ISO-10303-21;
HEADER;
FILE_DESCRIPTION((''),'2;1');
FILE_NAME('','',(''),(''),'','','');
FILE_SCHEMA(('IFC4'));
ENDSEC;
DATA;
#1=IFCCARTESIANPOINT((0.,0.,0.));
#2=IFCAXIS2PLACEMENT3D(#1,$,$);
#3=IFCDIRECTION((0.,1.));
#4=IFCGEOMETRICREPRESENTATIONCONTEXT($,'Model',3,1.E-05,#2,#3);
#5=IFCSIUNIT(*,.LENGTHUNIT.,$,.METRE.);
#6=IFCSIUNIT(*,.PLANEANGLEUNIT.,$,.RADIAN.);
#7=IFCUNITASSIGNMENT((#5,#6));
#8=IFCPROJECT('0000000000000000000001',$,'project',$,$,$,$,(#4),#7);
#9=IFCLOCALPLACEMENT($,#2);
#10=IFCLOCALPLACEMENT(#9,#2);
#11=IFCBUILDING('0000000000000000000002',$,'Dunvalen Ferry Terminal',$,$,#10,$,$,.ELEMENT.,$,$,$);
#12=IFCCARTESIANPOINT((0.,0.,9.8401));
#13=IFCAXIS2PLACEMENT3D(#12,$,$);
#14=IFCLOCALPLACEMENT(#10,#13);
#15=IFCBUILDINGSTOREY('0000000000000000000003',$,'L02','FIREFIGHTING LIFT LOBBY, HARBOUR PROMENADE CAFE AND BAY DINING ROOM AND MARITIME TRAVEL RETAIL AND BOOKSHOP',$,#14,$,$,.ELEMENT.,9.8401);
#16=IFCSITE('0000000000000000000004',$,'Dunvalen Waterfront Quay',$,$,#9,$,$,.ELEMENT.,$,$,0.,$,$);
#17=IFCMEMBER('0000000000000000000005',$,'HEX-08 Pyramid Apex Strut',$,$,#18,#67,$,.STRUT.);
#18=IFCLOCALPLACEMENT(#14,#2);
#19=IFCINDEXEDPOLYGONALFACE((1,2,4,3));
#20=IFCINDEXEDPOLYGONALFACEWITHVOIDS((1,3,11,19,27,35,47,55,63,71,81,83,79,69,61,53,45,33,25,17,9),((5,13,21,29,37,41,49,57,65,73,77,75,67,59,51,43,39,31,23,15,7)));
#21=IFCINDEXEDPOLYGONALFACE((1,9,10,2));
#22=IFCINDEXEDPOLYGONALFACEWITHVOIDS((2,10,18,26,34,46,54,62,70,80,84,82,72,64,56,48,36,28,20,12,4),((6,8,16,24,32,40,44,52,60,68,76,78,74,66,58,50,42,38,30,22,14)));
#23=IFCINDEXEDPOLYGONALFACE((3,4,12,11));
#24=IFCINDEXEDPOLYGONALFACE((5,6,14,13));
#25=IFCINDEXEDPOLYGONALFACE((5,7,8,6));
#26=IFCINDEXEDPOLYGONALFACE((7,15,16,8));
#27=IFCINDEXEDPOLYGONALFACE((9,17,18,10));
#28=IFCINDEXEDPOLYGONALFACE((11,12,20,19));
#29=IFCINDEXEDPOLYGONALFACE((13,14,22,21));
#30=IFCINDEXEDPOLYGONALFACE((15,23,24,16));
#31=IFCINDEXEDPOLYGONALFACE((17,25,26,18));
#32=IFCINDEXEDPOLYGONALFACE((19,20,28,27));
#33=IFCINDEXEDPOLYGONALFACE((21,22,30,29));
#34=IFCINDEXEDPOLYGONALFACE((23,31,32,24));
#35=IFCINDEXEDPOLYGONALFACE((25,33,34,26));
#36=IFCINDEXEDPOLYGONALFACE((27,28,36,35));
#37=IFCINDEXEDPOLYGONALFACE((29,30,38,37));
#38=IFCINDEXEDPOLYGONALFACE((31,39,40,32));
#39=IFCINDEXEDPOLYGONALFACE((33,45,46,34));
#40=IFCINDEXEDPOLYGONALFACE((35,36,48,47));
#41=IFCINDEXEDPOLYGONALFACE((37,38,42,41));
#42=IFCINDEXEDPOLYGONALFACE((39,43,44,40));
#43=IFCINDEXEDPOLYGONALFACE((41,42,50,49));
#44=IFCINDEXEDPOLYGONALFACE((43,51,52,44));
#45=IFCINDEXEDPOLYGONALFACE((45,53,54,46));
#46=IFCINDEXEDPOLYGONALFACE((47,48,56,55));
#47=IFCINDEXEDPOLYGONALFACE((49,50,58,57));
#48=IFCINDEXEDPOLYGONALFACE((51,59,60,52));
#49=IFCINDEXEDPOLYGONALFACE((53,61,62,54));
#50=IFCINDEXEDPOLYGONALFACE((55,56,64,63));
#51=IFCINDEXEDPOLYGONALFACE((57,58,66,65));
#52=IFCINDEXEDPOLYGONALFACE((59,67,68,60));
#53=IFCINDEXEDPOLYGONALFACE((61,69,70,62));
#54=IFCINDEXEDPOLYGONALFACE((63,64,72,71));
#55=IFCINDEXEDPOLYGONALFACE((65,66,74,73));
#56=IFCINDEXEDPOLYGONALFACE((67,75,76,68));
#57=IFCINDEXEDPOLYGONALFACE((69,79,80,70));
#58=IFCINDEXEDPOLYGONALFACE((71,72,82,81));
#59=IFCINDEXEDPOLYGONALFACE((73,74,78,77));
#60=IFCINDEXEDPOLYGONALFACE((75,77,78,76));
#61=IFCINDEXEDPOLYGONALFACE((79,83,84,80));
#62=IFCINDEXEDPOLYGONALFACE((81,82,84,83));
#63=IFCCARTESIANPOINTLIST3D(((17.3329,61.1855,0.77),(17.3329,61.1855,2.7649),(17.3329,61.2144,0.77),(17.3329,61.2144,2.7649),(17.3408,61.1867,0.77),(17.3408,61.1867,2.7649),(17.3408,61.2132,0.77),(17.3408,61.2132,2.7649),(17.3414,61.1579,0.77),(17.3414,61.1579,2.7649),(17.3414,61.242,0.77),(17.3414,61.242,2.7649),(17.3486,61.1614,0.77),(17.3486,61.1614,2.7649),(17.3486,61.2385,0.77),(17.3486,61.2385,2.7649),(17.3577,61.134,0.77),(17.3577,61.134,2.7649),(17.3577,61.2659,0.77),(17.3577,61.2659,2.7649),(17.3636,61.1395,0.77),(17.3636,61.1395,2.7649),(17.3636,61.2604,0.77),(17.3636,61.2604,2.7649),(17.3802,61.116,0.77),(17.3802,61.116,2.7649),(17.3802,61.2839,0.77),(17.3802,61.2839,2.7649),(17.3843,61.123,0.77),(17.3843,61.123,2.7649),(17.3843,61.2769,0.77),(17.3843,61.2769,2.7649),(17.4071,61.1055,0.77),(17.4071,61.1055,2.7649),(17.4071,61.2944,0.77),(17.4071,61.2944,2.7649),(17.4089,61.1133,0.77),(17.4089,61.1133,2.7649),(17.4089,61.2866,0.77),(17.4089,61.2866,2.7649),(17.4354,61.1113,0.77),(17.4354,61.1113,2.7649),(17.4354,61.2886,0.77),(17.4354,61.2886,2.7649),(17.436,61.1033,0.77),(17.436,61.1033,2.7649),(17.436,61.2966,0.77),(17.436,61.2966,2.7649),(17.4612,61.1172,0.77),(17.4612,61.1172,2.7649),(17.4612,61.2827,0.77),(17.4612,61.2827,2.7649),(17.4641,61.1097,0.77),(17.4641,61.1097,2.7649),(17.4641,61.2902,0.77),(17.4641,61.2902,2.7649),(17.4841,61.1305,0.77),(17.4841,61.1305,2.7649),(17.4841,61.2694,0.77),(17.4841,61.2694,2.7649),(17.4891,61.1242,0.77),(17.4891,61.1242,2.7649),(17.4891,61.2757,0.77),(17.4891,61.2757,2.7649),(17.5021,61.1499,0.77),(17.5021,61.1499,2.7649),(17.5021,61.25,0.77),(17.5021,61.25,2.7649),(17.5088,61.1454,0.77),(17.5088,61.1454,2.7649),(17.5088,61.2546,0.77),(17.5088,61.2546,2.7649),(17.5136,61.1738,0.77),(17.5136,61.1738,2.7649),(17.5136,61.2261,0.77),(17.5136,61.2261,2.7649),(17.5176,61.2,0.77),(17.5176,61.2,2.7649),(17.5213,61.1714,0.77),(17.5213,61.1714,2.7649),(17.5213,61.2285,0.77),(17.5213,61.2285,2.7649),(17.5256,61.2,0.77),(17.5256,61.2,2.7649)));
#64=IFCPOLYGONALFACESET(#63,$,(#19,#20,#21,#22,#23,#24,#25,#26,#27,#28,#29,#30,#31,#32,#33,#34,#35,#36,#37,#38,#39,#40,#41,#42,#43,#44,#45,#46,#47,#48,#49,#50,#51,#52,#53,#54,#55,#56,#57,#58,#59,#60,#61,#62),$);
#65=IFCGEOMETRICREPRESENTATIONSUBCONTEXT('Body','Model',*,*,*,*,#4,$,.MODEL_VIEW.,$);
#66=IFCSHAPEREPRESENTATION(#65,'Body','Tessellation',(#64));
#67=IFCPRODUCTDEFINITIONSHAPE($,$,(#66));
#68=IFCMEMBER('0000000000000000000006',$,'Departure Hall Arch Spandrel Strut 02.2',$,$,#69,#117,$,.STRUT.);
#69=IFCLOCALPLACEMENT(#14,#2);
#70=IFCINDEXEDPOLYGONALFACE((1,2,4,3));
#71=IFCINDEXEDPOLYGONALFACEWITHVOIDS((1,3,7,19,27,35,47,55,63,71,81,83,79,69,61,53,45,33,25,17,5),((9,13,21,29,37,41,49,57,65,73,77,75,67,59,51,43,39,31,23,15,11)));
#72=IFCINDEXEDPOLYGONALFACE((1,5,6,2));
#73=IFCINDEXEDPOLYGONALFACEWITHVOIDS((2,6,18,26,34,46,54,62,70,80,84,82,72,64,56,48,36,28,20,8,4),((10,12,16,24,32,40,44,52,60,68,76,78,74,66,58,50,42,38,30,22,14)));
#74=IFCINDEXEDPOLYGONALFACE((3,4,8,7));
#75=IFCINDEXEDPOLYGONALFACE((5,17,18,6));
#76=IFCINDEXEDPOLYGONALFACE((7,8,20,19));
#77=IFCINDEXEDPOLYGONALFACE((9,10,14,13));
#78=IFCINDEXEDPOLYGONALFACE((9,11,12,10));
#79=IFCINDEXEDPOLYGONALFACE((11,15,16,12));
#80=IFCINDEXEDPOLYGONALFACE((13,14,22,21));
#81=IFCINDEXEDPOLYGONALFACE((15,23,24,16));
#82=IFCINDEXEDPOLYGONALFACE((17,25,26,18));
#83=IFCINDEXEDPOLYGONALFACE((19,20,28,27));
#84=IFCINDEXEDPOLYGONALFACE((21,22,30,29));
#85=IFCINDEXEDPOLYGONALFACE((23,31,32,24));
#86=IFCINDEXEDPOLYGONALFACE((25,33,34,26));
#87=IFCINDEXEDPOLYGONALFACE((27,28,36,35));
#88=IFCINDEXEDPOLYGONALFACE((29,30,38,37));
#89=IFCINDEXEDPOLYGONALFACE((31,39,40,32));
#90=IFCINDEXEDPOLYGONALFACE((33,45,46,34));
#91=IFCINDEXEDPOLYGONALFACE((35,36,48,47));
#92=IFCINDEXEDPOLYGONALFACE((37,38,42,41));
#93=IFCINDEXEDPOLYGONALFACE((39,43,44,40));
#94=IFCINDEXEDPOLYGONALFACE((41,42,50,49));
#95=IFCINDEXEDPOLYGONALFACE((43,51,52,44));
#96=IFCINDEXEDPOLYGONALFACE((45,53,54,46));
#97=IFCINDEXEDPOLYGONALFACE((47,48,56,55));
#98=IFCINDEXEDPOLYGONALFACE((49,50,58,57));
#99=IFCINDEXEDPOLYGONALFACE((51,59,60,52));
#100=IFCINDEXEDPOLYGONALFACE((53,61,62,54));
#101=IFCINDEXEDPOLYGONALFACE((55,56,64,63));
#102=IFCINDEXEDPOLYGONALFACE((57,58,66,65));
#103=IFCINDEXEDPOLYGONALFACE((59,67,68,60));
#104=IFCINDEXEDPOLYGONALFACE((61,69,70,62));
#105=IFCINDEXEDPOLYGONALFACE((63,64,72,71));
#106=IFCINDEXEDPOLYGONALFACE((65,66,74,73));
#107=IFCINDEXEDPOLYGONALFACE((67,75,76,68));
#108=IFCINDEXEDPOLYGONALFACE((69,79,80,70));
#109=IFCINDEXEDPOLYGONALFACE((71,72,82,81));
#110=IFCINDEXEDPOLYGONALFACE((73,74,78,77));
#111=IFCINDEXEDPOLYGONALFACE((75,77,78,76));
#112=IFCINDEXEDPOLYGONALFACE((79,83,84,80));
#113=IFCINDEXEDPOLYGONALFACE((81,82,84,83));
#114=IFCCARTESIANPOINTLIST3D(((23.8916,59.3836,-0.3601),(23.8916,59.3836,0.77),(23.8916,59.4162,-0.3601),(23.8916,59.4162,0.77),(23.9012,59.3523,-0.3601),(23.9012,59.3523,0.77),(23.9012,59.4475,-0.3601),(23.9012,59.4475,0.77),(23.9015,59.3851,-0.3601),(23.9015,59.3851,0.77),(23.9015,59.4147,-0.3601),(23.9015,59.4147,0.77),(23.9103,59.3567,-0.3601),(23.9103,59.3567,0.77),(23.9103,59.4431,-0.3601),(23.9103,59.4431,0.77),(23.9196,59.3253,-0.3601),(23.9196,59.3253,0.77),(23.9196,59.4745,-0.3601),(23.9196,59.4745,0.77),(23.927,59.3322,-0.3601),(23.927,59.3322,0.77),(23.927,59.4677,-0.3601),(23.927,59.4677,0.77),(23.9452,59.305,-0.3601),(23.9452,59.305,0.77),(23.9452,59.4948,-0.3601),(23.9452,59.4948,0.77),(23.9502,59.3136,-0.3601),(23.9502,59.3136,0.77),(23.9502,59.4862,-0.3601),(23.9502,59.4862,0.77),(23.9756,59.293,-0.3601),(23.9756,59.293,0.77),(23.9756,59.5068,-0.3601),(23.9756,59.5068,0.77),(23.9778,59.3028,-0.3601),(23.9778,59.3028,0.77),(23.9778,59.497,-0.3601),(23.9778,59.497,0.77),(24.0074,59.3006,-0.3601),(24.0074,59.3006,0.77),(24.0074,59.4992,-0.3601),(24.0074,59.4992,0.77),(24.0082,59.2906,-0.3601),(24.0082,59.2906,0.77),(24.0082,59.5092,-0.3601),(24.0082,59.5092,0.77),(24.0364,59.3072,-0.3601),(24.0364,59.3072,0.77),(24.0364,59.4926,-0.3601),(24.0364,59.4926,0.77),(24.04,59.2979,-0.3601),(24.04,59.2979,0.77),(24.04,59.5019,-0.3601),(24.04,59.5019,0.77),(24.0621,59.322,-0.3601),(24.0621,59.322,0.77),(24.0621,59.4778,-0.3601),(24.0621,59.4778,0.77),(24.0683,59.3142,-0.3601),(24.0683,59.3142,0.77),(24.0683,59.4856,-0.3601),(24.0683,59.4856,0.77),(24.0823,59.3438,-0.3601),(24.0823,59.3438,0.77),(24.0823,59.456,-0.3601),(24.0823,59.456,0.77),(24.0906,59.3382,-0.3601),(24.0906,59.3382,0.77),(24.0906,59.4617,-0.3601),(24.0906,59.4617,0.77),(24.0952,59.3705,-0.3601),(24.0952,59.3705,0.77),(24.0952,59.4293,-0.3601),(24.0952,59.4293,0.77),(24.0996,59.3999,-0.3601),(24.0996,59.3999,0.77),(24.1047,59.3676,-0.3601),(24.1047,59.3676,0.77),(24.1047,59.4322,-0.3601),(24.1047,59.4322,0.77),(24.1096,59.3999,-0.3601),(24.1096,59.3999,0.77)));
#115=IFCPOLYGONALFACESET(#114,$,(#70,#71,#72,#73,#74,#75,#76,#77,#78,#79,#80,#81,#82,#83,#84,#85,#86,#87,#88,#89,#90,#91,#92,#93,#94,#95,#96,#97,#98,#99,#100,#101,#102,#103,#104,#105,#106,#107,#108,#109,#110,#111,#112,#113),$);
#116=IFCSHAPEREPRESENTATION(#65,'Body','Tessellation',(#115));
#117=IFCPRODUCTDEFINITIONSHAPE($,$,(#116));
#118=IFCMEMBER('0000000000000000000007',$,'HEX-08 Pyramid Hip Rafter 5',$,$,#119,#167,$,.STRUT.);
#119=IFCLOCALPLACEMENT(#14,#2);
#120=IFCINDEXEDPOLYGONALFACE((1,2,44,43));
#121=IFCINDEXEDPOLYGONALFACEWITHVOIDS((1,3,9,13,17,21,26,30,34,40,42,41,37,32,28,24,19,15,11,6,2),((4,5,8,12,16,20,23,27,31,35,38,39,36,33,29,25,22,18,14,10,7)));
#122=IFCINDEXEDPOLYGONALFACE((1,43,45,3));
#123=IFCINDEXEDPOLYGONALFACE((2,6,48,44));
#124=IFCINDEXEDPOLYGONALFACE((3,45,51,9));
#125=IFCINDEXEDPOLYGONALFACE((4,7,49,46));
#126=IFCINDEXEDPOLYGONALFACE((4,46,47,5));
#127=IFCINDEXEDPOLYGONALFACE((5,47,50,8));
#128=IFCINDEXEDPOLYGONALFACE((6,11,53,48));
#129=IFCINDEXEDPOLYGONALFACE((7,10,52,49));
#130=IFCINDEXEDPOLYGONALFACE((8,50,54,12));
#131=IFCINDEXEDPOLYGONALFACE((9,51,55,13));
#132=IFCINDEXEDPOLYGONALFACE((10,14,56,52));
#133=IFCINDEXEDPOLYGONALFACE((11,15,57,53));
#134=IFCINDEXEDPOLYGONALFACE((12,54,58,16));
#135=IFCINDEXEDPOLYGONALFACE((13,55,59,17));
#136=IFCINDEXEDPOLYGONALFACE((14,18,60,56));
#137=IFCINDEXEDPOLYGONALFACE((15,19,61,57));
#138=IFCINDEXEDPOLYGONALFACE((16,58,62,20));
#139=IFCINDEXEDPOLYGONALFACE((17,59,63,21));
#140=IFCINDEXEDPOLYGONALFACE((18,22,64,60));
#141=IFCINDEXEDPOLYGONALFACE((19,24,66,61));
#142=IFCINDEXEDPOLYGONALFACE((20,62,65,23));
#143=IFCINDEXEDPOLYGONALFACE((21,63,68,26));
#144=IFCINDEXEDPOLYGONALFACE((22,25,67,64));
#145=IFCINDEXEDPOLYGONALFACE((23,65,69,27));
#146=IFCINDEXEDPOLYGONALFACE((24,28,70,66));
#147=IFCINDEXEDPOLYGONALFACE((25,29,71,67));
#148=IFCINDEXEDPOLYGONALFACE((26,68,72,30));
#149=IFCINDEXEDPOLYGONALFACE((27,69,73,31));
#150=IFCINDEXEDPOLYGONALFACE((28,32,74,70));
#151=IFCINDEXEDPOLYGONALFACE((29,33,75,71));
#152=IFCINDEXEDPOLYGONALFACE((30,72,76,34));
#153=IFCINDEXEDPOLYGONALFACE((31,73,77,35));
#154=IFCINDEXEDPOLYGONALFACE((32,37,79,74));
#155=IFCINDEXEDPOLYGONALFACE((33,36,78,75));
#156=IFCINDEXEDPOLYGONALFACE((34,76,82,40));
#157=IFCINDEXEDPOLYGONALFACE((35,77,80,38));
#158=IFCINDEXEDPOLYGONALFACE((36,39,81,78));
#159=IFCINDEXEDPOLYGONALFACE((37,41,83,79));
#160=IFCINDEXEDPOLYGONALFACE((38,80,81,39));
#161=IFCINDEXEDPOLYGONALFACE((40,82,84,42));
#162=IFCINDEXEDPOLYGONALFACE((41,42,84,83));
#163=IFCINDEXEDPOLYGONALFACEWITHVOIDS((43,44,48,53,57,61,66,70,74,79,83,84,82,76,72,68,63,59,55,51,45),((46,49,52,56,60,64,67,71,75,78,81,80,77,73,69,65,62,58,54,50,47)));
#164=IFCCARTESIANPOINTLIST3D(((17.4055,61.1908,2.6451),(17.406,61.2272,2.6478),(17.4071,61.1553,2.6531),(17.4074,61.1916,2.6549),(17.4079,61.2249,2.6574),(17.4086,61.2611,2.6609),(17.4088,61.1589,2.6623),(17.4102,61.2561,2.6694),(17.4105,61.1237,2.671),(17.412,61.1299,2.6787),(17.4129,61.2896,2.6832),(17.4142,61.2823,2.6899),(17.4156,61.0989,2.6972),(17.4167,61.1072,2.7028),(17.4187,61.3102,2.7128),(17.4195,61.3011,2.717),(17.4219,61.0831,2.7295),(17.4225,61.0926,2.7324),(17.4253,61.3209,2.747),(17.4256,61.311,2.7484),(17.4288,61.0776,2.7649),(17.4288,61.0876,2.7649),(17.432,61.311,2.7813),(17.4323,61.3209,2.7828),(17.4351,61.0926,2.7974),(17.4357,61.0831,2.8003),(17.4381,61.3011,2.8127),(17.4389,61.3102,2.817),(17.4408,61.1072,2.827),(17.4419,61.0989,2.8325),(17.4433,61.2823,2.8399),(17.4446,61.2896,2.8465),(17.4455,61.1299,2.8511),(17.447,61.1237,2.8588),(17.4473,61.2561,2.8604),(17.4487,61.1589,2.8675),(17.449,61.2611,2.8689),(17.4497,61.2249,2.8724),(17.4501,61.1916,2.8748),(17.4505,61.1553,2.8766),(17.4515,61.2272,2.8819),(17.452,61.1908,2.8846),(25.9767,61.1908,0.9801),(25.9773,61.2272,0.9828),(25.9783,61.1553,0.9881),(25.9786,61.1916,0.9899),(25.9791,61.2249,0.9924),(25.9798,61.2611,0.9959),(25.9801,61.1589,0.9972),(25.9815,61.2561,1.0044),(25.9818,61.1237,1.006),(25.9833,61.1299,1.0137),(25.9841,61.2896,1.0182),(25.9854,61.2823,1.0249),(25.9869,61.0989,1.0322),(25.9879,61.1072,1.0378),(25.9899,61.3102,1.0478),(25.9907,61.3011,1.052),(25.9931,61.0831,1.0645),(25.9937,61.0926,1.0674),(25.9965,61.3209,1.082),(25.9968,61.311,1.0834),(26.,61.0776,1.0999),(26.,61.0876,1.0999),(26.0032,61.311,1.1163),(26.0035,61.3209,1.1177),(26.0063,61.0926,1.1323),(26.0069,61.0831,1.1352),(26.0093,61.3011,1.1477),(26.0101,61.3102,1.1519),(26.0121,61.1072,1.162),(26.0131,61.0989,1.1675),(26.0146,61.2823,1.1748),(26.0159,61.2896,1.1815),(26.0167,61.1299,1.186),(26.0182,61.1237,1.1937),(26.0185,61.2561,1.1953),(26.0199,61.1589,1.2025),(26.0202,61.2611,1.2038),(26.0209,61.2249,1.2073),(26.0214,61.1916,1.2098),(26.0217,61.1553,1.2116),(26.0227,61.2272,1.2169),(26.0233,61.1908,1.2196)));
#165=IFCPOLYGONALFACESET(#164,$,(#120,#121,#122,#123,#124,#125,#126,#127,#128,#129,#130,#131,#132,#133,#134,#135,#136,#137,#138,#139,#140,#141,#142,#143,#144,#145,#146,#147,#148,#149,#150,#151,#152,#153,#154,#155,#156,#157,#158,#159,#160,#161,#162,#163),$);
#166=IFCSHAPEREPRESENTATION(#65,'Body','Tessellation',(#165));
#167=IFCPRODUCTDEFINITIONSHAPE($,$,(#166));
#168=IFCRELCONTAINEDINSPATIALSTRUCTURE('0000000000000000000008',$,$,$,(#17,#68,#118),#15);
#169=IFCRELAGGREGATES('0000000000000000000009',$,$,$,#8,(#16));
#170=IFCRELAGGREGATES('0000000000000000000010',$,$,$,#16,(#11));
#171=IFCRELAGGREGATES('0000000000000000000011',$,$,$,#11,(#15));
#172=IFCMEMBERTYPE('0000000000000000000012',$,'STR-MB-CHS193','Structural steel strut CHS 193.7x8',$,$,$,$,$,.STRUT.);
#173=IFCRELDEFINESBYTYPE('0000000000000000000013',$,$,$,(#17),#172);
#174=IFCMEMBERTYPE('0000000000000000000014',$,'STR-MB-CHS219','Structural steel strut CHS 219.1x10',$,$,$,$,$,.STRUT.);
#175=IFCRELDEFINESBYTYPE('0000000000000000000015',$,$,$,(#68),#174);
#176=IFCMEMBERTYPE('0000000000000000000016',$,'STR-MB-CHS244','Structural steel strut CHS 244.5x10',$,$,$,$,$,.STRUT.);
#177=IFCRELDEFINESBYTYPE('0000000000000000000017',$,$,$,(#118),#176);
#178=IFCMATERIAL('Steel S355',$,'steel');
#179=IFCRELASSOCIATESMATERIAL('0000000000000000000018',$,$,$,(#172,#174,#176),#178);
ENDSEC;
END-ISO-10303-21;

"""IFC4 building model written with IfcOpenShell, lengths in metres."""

from ifc_helpers import new_model, si_unit, direction, frame, origin, origin_2d, place, context, subcontext, project, spatial, hollow_circle, extrude, material, material_profile, profile_set, type_object, element, save


model = new_model("IFC4")

# Units and contexts
model_context = context("Model", 3, precision=1e-05, world=origin(), true_north=direction((0.0, 1.0)))
body_context = subcontext(model_context, "Body", "Model", "MODEL_VIEW")
ifc_project = project(units=[si_unit("LENGTHUNIT", "METRE"), si_unit("PLANEANGLEUNIT", "RADIAN")], contexts=[model_context])

# Site, building, storey
site_placement = place(None, origin())
site = spatial("IfcSite", under=ifc_project, at=site_placement, Name="Dunvalen Waterfront Quay", CompositionType="ELEMENT", RefElevation=0.0)
building_placement = place(site_placement, origin())
building = spatial("IfcBuilding", under=site, at=building_placement, Name="Dunvalen Ferry Terminal", CompositionType="ELEMENT")
storey_placement = place(building_placement, frame((0.0, 0.0, 9.8401)))
storey = spatial("IfcBuildingStorey", under=building, at=storey_placement, Name="L02", Description="FIREFIGHTING LIFT LOBBY, HARBOUR PROMENADE CAFE AND BAY DINING ROOM AND MARITIME TRAVEL RETAIL AND BOOKSHOP", CompositionType="ELEMENT", Elevation=9.8401)

# Shared definitions
ifc_material_1 = material(Name="Steel S355", Category="steel")

# Members
ifc_material_profile_1 = material_profile(ifc_material_1, hollow_circle(Radius=0.0969, WallThickness=0.0081, at=origin_2d()), Name="Steel S355")
ifc_profile_set_1 = profile_set([ifc_material_profile_1], Name="Steel S355")
member_type_1 = type_object("IfcMemberType", Name="STR-MB-CHS193", Description="Structural steel strut CHS 193.7x8", PredefinedType="STRUT", material=ifc_profile_set_1)
member_1_placement = place(storey_placement, frame((17.4287, 61.2, 0.77), z_axis=(0.0, 0.0, 1.0), x_axis=(1.0, 0.0, 0.0)))
element("IfcMember", 1, at=member_1_placement, inside=storey, type_object=member_type_1, Name="HEX-08 Pyramid Apex Strut", PredefinedType="STRUT", context=body_context, shape_type="SweptSolid", body=[
    extrude(hollow_circle(Radius=0.0969, WallThickness=0.0081, at=origin_2d()), origin(), (0.0, 0.0, 1.0), 1.9949),
])
ifc_material_profile_2 = material_profile(ifc_material_1, hollow_circle(Radius=0.1096, WallThickness=0.01, at=origin_2d()), Name="Steel S355")
ifc_profile_set_2 = profile_set([ifc_material_profile_2], Name="Steel S355")
member_type_2 = type_object("IfcMemberType", Name="STR-MB-CHS219", Description="Structural steel strut CHS 219.1x10", PredefinedType="STRUT", material=ifc_profile_set_2)
member_2_placement = place(storey_placement, frame((24.0, 59.3999, -0.3601), z_axis=(0.0, 0.0, 1.0), x_axis=(1.0, 0.0, 0.0)))
element("IfcMember", 2, at=member_2_placement, inside=storey, type_object=member_type_2, Name="Departure Hall Arch Spandrel Strut 02.2", PredefinedType="STRUT", context=body_context, shape_type="SweptSolid", body=[
    extrude(hollow_circle(Radius=0.1096, WallThickness=0.01, at=origin_2d()), origin(), (0.0, 0.0, 1.0), 1.1301),
])
ifc_material_profile_3 = material_profile(ifc_material_1, hollow_circle(Radius=0.1223, WallThickness=0.01, at=origin_2d()), Name="Steel S355")
ifc_profile_set_3 = profile_set([ifc_material_profile_3], Name="Steel S355")
member_type_3 = type_object("IfcMemberType", Name="STR-MB-CHS244", Description="Structural steel strut CHS 244.5x10", PredefinedType="STRUT", material=ifc_profile_set_3)
member_3_placement = place(storey_placement, frame((26.0, 61.2, 1.0999), z_axis=(-0.98165, 0.0, 0.190693), x_axis=(0.0, -1.0, 0.0)))
element("IfcMember", 3, at=member_3_placement, inside=storey, type_object=member_type_3, Name="HEX-08 Pyramid Hip Rafter 5", PredefinedType="STRUT", context=body_context, shape_type="SweptSolid", body=[
    extrude(hollow_circle(Radius=0.1223, WallThickness=0.01, at=origin_2d()), origin(), (0.0, 0.0, 1.0), 8.7314),
])

save(model, "model.ifc")
